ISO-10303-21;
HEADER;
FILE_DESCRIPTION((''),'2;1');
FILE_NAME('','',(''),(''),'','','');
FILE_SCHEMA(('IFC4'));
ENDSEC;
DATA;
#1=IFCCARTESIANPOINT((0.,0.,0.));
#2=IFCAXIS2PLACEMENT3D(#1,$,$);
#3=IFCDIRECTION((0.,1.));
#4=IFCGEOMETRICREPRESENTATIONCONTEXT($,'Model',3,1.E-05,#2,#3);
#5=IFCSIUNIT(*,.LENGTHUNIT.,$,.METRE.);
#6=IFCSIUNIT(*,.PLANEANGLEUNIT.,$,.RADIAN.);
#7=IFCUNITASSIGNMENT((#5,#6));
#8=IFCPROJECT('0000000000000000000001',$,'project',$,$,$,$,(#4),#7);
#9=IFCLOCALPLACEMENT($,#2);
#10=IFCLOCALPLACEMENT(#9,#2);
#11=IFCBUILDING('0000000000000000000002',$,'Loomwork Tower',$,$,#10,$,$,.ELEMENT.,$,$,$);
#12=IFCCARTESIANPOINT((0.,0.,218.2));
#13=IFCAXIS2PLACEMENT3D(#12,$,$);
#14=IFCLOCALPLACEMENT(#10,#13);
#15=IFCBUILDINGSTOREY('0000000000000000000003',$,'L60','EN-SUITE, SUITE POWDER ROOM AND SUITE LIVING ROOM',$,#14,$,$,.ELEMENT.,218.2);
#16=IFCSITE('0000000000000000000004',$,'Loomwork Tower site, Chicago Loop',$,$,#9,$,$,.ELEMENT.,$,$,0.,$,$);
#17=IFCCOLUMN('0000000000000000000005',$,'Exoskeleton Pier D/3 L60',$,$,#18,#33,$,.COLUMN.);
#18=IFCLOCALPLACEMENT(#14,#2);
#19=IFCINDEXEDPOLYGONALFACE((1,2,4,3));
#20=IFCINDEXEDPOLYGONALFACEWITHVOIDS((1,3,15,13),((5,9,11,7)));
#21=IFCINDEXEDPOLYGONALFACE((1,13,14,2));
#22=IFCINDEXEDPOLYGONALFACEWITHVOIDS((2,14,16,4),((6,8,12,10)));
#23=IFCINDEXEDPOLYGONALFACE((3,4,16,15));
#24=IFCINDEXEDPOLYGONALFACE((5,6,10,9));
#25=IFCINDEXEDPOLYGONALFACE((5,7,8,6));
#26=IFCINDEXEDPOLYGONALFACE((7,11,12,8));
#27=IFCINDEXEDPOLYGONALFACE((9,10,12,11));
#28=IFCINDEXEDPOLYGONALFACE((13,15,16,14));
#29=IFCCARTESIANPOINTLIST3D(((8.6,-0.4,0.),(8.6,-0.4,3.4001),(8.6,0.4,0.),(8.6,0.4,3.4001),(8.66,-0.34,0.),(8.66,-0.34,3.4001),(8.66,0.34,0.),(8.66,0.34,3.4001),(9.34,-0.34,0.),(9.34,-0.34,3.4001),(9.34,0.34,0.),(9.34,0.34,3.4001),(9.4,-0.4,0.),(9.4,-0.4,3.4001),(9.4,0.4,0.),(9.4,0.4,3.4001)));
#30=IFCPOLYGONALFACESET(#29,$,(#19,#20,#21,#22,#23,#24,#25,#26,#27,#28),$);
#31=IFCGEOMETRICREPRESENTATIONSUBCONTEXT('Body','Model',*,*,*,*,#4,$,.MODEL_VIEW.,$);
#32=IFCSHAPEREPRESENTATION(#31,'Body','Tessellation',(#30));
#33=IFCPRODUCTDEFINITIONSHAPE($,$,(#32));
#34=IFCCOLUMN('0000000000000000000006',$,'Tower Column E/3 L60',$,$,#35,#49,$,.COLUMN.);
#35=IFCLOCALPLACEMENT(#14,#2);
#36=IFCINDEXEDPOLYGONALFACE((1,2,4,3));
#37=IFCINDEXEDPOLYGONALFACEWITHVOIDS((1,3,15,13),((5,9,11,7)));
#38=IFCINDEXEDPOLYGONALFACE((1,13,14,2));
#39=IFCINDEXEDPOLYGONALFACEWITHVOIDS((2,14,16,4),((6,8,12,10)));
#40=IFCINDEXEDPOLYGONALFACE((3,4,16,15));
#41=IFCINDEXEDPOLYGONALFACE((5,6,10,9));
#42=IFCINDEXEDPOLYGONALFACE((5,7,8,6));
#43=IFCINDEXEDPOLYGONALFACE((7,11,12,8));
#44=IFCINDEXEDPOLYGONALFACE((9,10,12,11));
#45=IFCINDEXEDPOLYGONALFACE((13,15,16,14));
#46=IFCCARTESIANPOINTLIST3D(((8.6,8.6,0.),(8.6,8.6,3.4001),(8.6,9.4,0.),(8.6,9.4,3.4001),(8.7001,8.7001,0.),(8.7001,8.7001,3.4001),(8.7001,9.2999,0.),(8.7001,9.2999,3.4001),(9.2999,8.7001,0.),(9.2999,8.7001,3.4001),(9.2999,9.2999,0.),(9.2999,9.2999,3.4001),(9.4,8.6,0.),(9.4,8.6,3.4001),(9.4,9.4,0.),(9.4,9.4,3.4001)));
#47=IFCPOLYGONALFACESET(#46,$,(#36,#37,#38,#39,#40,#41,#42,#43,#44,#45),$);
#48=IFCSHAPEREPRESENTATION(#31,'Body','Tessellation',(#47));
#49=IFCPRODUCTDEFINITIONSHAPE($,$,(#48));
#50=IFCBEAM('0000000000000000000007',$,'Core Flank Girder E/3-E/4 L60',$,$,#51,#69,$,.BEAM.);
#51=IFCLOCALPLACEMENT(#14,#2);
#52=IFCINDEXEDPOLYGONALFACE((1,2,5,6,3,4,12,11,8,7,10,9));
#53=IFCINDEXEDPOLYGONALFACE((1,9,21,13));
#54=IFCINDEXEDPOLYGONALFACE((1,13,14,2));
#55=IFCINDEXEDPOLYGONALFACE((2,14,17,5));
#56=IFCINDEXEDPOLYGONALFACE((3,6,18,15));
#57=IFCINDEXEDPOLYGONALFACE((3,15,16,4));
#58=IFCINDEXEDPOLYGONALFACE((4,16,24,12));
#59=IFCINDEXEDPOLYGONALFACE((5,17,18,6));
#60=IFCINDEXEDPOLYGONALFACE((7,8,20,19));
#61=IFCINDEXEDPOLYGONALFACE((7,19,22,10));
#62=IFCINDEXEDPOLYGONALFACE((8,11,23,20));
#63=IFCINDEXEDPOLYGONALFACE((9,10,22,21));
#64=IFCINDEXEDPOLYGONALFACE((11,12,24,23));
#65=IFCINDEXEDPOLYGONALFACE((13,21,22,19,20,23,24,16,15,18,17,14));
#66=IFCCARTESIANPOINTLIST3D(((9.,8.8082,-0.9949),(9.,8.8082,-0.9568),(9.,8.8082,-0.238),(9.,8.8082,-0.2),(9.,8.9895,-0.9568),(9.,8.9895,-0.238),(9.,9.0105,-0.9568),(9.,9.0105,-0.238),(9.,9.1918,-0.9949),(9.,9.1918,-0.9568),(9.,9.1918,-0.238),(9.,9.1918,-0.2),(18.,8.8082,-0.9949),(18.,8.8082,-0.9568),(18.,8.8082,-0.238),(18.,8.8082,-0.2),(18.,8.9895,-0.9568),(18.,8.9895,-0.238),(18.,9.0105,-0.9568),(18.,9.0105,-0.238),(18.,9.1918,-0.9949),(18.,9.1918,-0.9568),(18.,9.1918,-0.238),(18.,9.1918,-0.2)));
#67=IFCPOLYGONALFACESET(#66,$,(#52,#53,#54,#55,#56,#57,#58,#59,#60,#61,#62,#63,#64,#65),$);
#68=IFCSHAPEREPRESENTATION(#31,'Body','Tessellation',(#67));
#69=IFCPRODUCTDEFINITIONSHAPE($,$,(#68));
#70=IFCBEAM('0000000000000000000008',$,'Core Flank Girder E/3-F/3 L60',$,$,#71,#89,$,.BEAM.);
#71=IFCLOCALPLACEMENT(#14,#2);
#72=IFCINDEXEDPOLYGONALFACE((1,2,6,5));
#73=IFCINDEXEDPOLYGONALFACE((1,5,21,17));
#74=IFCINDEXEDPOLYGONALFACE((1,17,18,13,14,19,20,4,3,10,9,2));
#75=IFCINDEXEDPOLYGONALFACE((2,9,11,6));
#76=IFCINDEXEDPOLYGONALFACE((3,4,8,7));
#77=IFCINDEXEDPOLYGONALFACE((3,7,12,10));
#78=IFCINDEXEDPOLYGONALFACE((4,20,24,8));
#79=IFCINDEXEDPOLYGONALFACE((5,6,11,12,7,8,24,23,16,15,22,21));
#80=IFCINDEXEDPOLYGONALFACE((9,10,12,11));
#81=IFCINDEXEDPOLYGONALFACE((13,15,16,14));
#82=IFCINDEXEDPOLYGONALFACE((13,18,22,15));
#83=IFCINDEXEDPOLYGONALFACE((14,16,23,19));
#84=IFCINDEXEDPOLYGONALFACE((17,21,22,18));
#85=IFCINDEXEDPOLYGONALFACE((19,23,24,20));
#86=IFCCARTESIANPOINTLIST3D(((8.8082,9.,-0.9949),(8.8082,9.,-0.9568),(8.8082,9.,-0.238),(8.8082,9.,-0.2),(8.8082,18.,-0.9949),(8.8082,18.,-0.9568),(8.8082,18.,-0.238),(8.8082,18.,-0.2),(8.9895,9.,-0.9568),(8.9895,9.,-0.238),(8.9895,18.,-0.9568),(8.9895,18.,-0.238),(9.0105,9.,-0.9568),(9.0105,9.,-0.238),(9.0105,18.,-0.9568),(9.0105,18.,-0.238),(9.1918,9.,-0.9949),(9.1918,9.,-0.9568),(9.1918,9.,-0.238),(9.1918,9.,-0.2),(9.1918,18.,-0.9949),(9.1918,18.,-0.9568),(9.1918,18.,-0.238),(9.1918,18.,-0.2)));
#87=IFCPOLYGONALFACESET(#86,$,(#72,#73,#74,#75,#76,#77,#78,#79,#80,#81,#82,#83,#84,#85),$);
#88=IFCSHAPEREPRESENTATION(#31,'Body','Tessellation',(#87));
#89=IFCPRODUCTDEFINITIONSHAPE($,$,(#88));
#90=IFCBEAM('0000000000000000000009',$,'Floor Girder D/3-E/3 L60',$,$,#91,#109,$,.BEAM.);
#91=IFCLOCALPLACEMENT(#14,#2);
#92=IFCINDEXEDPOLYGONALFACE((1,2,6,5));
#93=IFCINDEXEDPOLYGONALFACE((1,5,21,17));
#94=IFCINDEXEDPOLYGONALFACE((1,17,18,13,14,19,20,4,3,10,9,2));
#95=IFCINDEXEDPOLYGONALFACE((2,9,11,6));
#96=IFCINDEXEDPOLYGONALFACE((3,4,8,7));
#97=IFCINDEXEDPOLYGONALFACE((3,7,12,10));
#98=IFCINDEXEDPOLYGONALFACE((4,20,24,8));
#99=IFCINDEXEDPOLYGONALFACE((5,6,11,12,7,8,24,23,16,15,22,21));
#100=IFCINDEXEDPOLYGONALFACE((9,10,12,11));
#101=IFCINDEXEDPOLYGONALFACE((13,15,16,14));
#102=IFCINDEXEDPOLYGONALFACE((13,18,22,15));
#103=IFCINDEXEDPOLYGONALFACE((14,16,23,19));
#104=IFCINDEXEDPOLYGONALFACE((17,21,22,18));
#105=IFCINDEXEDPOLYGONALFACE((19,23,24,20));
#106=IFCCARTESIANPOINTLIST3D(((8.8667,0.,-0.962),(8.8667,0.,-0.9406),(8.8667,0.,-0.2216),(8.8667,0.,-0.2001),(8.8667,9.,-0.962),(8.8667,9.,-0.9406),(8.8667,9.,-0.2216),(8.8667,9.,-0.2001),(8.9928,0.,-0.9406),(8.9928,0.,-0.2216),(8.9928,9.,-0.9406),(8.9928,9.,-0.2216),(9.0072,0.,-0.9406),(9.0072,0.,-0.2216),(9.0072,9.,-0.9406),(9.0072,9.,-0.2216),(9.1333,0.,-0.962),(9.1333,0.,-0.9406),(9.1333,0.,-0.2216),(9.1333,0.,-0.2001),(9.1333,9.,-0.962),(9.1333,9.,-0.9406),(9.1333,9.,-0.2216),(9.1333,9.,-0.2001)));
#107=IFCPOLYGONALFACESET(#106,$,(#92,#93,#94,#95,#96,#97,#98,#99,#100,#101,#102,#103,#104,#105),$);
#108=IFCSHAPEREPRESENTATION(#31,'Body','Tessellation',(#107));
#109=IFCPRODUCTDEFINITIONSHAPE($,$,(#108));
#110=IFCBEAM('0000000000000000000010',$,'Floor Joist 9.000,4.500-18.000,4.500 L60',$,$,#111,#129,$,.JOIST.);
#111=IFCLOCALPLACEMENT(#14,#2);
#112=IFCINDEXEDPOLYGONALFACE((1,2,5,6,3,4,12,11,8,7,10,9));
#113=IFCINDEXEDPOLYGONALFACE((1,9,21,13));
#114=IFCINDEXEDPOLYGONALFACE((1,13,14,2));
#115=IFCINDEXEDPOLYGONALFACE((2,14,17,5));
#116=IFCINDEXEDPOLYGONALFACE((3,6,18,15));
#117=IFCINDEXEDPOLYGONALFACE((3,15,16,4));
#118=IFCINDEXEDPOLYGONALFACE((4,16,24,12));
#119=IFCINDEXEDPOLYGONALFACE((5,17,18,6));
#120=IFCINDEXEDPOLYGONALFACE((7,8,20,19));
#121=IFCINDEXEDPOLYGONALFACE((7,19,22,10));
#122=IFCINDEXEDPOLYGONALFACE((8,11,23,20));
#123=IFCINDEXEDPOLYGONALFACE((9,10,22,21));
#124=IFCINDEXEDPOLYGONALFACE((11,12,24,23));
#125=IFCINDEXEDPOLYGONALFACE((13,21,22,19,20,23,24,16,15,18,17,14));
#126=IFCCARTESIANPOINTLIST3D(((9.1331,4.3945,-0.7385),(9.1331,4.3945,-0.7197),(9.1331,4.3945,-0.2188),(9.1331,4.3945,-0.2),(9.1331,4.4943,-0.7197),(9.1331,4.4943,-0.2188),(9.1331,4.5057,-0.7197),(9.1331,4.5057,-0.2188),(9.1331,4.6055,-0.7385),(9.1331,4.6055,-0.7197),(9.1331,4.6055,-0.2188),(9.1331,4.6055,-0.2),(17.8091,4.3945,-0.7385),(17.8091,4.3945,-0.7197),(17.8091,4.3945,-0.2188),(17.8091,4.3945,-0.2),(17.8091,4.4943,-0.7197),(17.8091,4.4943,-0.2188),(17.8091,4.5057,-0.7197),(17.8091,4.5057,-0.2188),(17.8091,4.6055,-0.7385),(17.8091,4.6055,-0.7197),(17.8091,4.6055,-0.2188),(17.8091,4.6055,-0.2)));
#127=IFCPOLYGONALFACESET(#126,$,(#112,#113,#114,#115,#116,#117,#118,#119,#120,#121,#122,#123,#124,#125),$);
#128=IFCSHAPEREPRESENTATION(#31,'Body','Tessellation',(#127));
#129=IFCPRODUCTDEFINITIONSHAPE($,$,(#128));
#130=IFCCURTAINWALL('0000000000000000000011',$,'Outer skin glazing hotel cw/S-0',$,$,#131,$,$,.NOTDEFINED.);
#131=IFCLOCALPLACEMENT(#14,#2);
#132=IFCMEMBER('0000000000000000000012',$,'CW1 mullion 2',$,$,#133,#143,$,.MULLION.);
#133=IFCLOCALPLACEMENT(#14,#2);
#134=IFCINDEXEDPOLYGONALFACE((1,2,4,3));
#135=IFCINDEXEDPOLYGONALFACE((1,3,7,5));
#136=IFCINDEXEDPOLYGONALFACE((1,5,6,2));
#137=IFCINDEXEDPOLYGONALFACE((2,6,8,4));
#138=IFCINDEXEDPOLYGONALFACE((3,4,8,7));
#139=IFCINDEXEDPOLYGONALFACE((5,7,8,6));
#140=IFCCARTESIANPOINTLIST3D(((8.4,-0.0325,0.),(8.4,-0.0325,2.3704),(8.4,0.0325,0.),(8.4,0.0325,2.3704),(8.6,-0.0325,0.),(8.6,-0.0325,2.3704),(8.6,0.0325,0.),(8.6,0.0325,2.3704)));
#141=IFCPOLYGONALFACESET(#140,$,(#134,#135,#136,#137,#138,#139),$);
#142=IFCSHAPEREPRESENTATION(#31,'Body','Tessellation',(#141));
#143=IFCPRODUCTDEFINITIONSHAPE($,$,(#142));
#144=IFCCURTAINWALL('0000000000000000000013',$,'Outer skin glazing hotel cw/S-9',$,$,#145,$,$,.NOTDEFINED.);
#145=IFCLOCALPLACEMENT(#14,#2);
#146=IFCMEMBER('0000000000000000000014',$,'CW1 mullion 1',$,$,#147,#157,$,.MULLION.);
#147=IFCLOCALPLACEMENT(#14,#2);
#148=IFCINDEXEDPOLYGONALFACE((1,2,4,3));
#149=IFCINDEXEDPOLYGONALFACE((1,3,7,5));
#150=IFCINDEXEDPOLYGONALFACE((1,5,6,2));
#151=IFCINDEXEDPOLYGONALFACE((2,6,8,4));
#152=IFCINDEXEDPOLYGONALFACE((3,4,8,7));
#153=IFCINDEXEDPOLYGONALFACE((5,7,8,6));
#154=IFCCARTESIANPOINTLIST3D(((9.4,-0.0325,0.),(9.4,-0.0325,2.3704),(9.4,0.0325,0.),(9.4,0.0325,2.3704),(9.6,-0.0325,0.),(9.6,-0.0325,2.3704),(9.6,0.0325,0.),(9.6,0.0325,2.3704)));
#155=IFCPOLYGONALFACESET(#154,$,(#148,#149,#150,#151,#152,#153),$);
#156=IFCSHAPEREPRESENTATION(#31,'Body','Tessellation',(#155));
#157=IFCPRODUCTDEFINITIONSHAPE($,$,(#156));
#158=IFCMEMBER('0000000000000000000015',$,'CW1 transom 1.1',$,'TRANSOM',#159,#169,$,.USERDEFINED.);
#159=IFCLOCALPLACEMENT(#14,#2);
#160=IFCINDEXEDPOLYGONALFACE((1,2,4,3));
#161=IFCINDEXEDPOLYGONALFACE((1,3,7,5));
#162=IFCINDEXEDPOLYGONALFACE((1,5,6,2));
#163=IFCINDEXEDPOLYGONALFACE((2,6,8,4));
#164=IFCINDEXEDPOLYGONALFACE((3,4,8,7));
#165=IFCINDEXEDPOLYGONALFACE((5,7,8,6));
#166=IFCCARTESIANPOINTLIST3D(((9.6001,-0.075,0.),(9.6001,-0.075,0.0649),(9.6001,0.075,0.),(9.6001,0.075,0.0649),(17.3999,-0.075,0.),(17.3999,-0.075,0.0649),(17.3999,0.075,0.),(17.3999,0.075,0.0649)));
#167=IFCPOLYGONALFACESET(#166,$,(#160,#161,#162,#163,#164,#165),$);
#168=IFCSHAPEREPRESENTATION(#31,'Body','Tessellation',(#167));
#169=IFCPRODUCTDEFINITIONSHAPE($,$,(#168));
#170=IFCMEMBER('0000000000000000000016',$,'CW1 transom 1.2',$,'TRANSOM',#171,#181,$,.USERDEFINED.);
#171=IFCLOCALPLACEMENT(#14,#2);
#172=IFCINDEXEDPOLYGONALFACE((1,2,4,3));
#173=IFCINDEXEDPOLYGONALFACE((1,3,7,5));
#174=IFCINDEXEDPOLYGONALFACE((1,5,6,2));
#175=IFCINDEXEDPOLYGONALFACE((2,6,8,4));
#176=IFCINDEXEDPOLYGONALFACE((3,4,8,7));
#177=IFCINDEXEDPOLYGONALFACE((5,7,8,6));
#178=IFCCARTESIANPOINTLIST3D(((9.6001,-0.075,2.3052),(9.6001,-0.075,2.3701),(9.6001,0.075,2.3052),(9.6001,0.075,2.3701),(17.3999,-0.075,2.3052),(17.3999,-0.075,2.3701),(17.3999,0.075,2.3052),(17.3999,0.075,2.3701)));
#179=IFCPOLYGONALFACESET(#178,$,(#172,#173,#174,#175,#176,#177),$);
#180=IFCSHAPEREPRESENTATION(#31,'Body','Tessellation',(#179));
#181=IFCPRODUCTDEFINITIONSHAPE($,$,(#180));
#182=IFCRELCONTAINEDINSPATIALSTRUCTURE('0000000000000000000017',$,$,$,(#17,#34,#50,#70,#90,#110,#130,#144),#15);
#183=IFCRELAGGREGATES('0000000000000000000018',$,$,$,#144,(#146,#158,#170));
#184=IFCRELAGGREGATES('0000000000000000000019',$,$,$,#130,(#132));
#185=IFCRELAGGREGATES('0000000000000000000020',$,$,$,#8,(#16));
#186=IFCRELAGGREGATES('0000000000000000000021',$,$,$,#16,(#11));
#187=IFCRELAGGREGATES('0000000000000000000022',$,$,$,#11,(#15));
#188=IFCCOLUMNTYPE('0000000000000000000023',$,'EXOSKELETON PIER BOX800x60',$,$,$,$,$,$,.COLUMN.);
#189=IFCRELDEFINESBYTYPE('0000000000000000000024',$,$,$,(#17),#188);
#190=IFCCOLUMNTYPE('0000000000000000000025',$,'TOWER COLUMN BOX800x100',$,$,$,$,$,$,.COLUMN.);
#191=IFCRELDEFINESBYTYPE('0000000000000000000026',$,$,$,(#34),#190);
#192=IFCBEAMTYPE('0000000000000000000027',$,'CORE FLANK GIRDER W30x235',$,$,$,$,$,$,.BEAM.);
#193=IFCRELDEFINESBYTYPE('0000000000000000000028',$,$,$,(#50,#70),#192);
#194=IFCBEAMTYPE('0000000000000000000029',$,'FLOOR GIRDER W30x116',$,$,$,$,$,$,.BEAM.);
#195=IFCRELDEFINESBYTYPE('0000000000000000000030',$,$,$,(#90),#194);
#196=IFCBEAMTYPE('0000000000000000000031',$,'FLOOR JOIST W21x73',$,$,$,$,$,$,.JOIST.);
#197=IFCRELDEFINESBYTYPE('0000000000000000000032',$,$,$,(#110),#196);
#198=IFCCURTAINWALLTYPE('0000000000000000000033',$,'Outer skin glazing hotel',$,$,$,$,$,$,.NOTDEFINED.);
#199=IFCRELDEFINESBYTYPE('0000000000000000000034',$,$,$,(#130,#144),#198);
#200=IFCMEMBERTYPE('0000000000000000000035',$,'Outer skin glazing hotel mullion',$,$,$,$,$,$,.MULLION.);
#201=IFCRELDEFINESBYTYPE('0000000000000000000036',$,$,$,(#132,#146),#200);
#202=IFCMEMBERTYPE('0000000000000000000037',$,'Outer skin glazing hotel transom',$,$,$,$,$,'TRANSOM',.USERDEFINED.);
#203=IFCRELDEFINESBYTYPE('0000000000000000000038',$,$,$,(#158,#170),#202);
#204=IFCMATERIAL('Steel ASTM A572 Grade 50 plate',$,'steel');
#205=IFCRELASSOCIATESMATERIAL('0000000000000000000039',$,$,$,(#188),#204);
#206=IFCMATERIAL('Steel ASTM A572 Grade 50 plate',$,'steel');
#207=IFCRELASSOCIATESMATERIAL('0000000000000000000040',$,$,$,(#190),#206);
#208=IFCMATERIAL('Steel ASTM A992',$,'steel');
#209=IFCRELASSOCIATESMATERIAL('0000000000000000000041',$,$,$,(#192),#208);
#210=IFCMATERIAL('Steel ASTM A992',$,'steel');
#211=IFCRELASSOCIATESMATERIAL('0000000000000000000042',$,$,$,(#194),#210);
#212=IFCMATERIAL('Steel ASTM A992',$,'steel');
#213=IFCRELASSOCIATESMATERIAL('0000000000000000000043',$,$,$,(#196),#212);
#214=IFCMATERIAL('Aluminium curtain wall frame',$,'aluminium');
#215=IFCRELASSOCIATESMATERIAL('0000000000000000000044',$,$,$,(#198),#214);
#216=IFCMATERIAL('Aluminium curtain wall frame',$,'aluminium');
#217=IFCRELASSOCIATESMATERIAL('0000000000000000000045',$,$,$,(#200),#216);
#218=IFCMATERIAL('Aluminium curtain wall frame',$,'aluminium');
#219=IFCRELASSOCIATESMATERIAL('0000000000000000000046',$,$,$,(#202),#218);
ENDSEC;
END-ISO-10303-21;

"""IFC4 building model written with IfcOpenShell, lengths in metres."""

from ifc_helpers import new_model, si_unit, direction, frame, origin, origin_2d, place, context, subcontext, project, spatial, rectangle, hollow_rectangle, i_section, extrude, material, material_profile, profile_set, type_object, element, aggregate, save


model = new_model("IFC4")

# Units and contexts
model_context = context("Model", 3, precision=1e-05, world=origin(), true_north=direction((0.0, 1.0)))
body_context = subcontext(model_context, "Body", "Model", "MODEL_VIEW")
ifc_project = project(units=[si_unit("LENGTHUNIT", "METRE"), si_unit("PLANEANGLEUNIT", "RADIAN")], contexts=[model_context])

# Site, building, storey
site_placement = place(None, origin())
site = spatial("IfcSite", under=ifc_project, at=site_placement, Name="Loomwork Tower site, Chicago Loop", CompositionType="ELEMENT", RefElevation=0.0)
building_placement = place(site_placement, origin())
building = spatial("IfcBuilding", under=site, at=building_placement, Name="Loomwork Tower", CompositionType="ELEMENT")
storey_placement = place(building_placement, frame((0.0, 0.0, 218.2)))
storey = spatial("IfcBuildingStorey", under=building, at=storey_placement, Name="L60", Description="EN-SUITE, SUITE POWDER ROOM AND SUITE LIVING ROOM", CompositionType="ELEMENT", Elevation=218.2)

# Columns
ifc_material_1 = material(Name="Steel ASTM A572 Grade 50 plate", Category="steel")
ifc_material_profile_1 = material_profile(ifc_material_1, hollow_rectangle(XDim=0.8, YDim=0.8, WallThickness=0.0601, at=origin_2d()), Name="BOX800x60")
ifc_profile_set_1 = profile_set([ifc_material_profile_1], Name="Steel ASTM A572 Grade 50 plate")
column_type_1 = type_object("IfcColumnType", Name="EXOSKELETON PIER BOX800x60", PredefinedType="COLUMN", material=ifc_profile_set_1)
column_1_placement = place(storey_placement, frame((9.0, 0.0, 0.0), z_axis=(0.0, 0.0, 1.0), x_axis=(1.0, 0.0, 0.0)))
element("IfcColumn", 1, at=column_1_placement, inside=storey, type_object=column_type_1, Name="Exoskeleton Pier D/3 L60", PredefinedType="COLUMN", context=body_context, shape_type="SweptSolid", body=[
    extrude(hollow_rectangle(XDim=0.8, YDim=0.8, WallThickness=0.0601, at=origin_2d()), origin(), (0.0, 0.0, 1.0), 3.4001),
])
ifc_material_2 = material(Name="Steel ASTM A572 Grade 50 plate", Category="steel")
ifc_material_profile_2 = material_profile(ifc_material_2, hollow_rectangle(XDim=0.8, YDim=0.8, WallThickness=0.1001, at=origin_2d()), Name="BOX800x100")
ifc_profile_set_2 = profile_set([ifc_material_profile_2], Name="Steel ASTM A572 Grade 50 plate")
column_type_2 = type_object("IfcColumnType", Name="TOWER COLUMN BOX800x100", PredefinedType="COLUMN", material=ifc_profile_set_2)
column_2_placement = place(storey_placement, frame((9.0, 9.0, 0.0), z_axis=(0.0, 0.0, 1.0), x_axis=(1.0, 0.0, 0.0)))
element("IfcColumn", 2, at=column_2_placement, inside=storey, type_object=column_type_2, Name="Tower Column E/3 L60", PredefinedType="COLUMN", context=body_context, shape_type="SweptSolid", body=[
    extrude(hollow_rectangle(XDim=0.8, YDim=0.8, WallThickness=0.1001, at=origin_2d()), origin(), (0.0, 0.0, 1.0), 3.4001),
])

# Beams
ifc_material_3 = material(Name="Steel ASTM A992", Category="steel")
ifc_material_profile_3 = material_profile(ifc_material_3, i_section(OverallWidth=0.3835, OverallDepth=0.7949, WebThickness=0.021, FlangeThickness=0.0381, at=origin_2d()), Name="W30x235")
ifc_profile_set_3 = profile_set([ifc_material_profile_3], Name="Steel ASTM A992")
beam_type_1 = type_object("IfcBeamType", Name="CORE FLANK GIRDER W30x235", PredefinedType="BEAM", material=ifc_profile_set_3)
for number, where, z_axis, x_axis, name in (
    (3, (9.0, 9.0, -0.5974), (1.0, 0.0, 0.0), (0.0, 1.0, 0.0), "Core Flank Girder E/3-E/4 L60"),
    (4, (9.0, 9.0, -0.5974), (0.0, 1.0, 0.0), (-1.0, 0.0, 0.0), "Core Flank Girder E/3-F/3 L60"),
):
    element("IfcBeam", number, at=place(storey_placement, frame(where, z_axis=z_axis, x_axis=x_axis)), inside=storey, type_object=beam_type_1, Name=name, PredefinedType="BEAM", context=body_context, shape_type="SweptSolid", body=[
        extrude(i_section(OverallWidth=0.3835, OverallDepth=0.7949, WebThickness=0.021, FlangeThickness=0.0381, at=origin_2d()), origin(), (0.0, 0.0, 1.0), 9.0),
    ])
ifc_material_4 = material(Name="Steel ASTM A992", Category="steel")
ifc_material_profile_4 = material_profile(ifc_material_4, i_section(OverallWidth=0.2666, OverallDepth=0.762, WebThickness=0.0144, FlangeThickness=0.0215, at=origin_2d()), Name="W30x116")
ifc_profile_set_4 = profile_set([ifc_material_profile_4], Name="Steel ASTM A992")
beam_type_2 = type_object("IfcBeamType", Name="FLOOR GIRDER W30x116", PredefinedType="BEAM", material=ifc_profile_set_4)
beam_1_placement = place(storey_placement, frame((9.0, 0.0, -0.5811), z_axis=(0.0, 1.0, 0.0), x_axis=(-1.0, 0.0, 0.0)))
element("IfcBeam", 5, at=beam_1_placement, inside=storey, type_object=beam_type_2, Name="Floor Girder D/3-E/3 L60", PredefinedType="BEAM", context=body_context, shape_type="SweptSolid", body=[
    extrude(i_section(OverallWidth=0.2666, OverallDepth=0.762, WebThickness=0.0144, FlangeThickness=0.0215, at=origin_2d()), origin(), (0.0, 0.0, 1.0), 9.0),
])
ifc_material_5 = material(Name="Steel ASTM A992", Category="steel")
ifc_material_profile_5 = material_profile(ifc_material_5, i_section(OverallWidth=0.2109, OverallDepth=0.5386, WebThickness=0.0115, FlangeThickness=0.0188, at=origin_2d()), Name="W21x73")
ifc_profile_set_5 = profile_set([ifc_material_profile_5], Name="Steel ASTM A992")
beam_type_3 = type_object("IfcBeamType", Name="FLOOR JOIST W21x73", PredefinedType="JOIST", material=ifc_profile_set_5)
beam_2_placement = place(storey_placement, frame((9.1331, 4.5, -0.4692), z_axis=(1.0, 0.0, 0.0), x_axis=(0.0, 1.0, 0.0)))
element("IfcBeam", 6, at=beam_2_placement, inside=storey, type_object=beam_type_3, Name="Floor Joist 9.000,4.500-18.000,4.500 L60", PredefinedType="JOIST", context=body_context, shape_type="SweptSolid", body=[
    extrude(i_section(OverallWidth=0.2109, OverallDepth=0.5386, WebThickness=0.0115, FlangeThickness=0.0188, at=origin_2d()), origin(), (0.0, 0.0, 1.0), 8.676),
])

# Curtain wall, member
ifc_material_6 = material(Name="Aluminium curtain wall frame", Category="aluminium")
curtain_wall_type = type_object("IfcCurtainWallType", Name="Outer skin glazing hotel", PredefinedType="NOTDEFINED", material=ifc_material_6)
curtain_wall_1_placement = place(storey_placement, origin())
curtain_wall_1 = element("IfcCurtainWall", 7, at=curtain_wall_1_placement, inside=storey, type_object=curtain_wall_type, Name="Outer skin glazing hotel cw/S-0", PredefinedType="NOTDEFINED")
ifc_material_7 = material(Name="Aluminium curtain wall frame", Category="aluminium")
ifc_material_profile_6 = material_profile(ifc_material_7, rectangle(XDim=0.0649, YDim=0.2, at=origin_2d()), Name="AL 65x200")
ifc_profile_set_6 = profile_set([ifc_material_profile_6], Name="Aluminium curtain wall frame")
member_type_1 = type_object("IfcMemberType", Name="Outer skin glazing hotel mullion", PredefinedType="MULLION", material=ifc_profile_set_6)
member_1_placement = place(storey_placement, frame((8.5, 0.0, 0.0), z_axis=(0.0, 0.0, 1.0), x_axis=(0.0, 1.0, 0.0)))
member_1 = element("IfcMember", 8, at=member_1_placement, type_object=member_type_1, Name="CW1 mullion 2", PredefinedType="MULLION", context=body_context, shape_type="SweptSolid", body=[
    extrude(rectangle(XDim=0.0649, YDim=0.2, at=origin_2d()), origin(), (0.0, 0.0, 1.0), 2.3704),
])

# Curtain wall, members
curtain_wall_2_placement = place(storey_placement, origin())
curtain_wall_2 = element("IfcCurtainWall", 9, at=curtain_wall_2_placement, inside=storey, type_object=curtain_wall_type, Name="Outer skin glazing hotel cw/S-9", PredefinedType="NOTDEFINED")
member_2_placement = place(storey_placement, frame((9.5, 0.0, 0.0), z_axis=(0.0, 0.0, 1.0), x_axis=(0.0, 1.0, 0.0)))
member_2 = element("IfcMember", 10, at=member_2_placement, type_object=member_type_1, Name="CW1 mullion 1", PredefinedType="MULLION", context=body_context, shape_type="SweptSolid", body=[
    extrude(rectangle(XDim=0.0649, YDim=0.2, at=origin_2d()), origin(), (0.0, 0.0, 1.0), 2.3704),
])
ifc_material_8 = material(Name="Aluminium curtain wall frame", Category="aluminium")
ifc_material_profile_7 = material_profile(ifc_material_8, rectangle(XDim=0.1499, YDim=0.0649, at=origin_2d()), Name="AL 65x150")
ifc_profile_set_7 = profile_set([ifc_material_profile_7], Name="Aluminium curtain wall frame")
member_type_2 = type_object("IfcMemberType", Name="Outer skin glazing hotel transom", ElementType="TRANSOM", PredefinedType="USERDEFINED", material=ifc_profile_set_7)
member_3_placement = place(storey_placement, frame((9.6001, 0.0, 0.0325), z_axis=(1.0, 0.0, 0.0), x_axis=(0.0, 1.0, 0.0)))
member_3 = element("IfcMember", 11, at=member_3_placement, type_object=member_type_2, Name="CW1 transom 1.1", ObjectType="TRANSOM", PredefinedType="USERDEFINED", context=body_context, shape_type="SweptSolid", body=[
    extrude(rectangle(XDim=0.1499, YDim=0.0649, at=origin_2d()), origin(), (0.0, 0.0, 1.0), 7.7998),
])
member_4_placement = place(storey_placement, frame((9.6001, 0.0, 2.3376), z_axis=(1.0, 0.0, 0.0), x_axis=(0.0, 1.0, 0.0)))
member_4 = element("IfcMember", 12, at=member_4_placement, type_object=member_type_2, Name="CW1 transom 1.2", ObjectType="TRANSOM", PredefinedType="USERDEFINED", context=body_context, shape_type="SweptSolid", body=[
    extrude(rectangle(XDim=0.1499, YDim=0.0649, at=origin_2d()), origin(), (0.0, 0.0, 1.0), 7.7998),
])
aggregate(curtain_wall_2, [member_2, member_3, member_4])

aggregate(curtain_wall_1, [member_1])

save(model, "model.ifc")
